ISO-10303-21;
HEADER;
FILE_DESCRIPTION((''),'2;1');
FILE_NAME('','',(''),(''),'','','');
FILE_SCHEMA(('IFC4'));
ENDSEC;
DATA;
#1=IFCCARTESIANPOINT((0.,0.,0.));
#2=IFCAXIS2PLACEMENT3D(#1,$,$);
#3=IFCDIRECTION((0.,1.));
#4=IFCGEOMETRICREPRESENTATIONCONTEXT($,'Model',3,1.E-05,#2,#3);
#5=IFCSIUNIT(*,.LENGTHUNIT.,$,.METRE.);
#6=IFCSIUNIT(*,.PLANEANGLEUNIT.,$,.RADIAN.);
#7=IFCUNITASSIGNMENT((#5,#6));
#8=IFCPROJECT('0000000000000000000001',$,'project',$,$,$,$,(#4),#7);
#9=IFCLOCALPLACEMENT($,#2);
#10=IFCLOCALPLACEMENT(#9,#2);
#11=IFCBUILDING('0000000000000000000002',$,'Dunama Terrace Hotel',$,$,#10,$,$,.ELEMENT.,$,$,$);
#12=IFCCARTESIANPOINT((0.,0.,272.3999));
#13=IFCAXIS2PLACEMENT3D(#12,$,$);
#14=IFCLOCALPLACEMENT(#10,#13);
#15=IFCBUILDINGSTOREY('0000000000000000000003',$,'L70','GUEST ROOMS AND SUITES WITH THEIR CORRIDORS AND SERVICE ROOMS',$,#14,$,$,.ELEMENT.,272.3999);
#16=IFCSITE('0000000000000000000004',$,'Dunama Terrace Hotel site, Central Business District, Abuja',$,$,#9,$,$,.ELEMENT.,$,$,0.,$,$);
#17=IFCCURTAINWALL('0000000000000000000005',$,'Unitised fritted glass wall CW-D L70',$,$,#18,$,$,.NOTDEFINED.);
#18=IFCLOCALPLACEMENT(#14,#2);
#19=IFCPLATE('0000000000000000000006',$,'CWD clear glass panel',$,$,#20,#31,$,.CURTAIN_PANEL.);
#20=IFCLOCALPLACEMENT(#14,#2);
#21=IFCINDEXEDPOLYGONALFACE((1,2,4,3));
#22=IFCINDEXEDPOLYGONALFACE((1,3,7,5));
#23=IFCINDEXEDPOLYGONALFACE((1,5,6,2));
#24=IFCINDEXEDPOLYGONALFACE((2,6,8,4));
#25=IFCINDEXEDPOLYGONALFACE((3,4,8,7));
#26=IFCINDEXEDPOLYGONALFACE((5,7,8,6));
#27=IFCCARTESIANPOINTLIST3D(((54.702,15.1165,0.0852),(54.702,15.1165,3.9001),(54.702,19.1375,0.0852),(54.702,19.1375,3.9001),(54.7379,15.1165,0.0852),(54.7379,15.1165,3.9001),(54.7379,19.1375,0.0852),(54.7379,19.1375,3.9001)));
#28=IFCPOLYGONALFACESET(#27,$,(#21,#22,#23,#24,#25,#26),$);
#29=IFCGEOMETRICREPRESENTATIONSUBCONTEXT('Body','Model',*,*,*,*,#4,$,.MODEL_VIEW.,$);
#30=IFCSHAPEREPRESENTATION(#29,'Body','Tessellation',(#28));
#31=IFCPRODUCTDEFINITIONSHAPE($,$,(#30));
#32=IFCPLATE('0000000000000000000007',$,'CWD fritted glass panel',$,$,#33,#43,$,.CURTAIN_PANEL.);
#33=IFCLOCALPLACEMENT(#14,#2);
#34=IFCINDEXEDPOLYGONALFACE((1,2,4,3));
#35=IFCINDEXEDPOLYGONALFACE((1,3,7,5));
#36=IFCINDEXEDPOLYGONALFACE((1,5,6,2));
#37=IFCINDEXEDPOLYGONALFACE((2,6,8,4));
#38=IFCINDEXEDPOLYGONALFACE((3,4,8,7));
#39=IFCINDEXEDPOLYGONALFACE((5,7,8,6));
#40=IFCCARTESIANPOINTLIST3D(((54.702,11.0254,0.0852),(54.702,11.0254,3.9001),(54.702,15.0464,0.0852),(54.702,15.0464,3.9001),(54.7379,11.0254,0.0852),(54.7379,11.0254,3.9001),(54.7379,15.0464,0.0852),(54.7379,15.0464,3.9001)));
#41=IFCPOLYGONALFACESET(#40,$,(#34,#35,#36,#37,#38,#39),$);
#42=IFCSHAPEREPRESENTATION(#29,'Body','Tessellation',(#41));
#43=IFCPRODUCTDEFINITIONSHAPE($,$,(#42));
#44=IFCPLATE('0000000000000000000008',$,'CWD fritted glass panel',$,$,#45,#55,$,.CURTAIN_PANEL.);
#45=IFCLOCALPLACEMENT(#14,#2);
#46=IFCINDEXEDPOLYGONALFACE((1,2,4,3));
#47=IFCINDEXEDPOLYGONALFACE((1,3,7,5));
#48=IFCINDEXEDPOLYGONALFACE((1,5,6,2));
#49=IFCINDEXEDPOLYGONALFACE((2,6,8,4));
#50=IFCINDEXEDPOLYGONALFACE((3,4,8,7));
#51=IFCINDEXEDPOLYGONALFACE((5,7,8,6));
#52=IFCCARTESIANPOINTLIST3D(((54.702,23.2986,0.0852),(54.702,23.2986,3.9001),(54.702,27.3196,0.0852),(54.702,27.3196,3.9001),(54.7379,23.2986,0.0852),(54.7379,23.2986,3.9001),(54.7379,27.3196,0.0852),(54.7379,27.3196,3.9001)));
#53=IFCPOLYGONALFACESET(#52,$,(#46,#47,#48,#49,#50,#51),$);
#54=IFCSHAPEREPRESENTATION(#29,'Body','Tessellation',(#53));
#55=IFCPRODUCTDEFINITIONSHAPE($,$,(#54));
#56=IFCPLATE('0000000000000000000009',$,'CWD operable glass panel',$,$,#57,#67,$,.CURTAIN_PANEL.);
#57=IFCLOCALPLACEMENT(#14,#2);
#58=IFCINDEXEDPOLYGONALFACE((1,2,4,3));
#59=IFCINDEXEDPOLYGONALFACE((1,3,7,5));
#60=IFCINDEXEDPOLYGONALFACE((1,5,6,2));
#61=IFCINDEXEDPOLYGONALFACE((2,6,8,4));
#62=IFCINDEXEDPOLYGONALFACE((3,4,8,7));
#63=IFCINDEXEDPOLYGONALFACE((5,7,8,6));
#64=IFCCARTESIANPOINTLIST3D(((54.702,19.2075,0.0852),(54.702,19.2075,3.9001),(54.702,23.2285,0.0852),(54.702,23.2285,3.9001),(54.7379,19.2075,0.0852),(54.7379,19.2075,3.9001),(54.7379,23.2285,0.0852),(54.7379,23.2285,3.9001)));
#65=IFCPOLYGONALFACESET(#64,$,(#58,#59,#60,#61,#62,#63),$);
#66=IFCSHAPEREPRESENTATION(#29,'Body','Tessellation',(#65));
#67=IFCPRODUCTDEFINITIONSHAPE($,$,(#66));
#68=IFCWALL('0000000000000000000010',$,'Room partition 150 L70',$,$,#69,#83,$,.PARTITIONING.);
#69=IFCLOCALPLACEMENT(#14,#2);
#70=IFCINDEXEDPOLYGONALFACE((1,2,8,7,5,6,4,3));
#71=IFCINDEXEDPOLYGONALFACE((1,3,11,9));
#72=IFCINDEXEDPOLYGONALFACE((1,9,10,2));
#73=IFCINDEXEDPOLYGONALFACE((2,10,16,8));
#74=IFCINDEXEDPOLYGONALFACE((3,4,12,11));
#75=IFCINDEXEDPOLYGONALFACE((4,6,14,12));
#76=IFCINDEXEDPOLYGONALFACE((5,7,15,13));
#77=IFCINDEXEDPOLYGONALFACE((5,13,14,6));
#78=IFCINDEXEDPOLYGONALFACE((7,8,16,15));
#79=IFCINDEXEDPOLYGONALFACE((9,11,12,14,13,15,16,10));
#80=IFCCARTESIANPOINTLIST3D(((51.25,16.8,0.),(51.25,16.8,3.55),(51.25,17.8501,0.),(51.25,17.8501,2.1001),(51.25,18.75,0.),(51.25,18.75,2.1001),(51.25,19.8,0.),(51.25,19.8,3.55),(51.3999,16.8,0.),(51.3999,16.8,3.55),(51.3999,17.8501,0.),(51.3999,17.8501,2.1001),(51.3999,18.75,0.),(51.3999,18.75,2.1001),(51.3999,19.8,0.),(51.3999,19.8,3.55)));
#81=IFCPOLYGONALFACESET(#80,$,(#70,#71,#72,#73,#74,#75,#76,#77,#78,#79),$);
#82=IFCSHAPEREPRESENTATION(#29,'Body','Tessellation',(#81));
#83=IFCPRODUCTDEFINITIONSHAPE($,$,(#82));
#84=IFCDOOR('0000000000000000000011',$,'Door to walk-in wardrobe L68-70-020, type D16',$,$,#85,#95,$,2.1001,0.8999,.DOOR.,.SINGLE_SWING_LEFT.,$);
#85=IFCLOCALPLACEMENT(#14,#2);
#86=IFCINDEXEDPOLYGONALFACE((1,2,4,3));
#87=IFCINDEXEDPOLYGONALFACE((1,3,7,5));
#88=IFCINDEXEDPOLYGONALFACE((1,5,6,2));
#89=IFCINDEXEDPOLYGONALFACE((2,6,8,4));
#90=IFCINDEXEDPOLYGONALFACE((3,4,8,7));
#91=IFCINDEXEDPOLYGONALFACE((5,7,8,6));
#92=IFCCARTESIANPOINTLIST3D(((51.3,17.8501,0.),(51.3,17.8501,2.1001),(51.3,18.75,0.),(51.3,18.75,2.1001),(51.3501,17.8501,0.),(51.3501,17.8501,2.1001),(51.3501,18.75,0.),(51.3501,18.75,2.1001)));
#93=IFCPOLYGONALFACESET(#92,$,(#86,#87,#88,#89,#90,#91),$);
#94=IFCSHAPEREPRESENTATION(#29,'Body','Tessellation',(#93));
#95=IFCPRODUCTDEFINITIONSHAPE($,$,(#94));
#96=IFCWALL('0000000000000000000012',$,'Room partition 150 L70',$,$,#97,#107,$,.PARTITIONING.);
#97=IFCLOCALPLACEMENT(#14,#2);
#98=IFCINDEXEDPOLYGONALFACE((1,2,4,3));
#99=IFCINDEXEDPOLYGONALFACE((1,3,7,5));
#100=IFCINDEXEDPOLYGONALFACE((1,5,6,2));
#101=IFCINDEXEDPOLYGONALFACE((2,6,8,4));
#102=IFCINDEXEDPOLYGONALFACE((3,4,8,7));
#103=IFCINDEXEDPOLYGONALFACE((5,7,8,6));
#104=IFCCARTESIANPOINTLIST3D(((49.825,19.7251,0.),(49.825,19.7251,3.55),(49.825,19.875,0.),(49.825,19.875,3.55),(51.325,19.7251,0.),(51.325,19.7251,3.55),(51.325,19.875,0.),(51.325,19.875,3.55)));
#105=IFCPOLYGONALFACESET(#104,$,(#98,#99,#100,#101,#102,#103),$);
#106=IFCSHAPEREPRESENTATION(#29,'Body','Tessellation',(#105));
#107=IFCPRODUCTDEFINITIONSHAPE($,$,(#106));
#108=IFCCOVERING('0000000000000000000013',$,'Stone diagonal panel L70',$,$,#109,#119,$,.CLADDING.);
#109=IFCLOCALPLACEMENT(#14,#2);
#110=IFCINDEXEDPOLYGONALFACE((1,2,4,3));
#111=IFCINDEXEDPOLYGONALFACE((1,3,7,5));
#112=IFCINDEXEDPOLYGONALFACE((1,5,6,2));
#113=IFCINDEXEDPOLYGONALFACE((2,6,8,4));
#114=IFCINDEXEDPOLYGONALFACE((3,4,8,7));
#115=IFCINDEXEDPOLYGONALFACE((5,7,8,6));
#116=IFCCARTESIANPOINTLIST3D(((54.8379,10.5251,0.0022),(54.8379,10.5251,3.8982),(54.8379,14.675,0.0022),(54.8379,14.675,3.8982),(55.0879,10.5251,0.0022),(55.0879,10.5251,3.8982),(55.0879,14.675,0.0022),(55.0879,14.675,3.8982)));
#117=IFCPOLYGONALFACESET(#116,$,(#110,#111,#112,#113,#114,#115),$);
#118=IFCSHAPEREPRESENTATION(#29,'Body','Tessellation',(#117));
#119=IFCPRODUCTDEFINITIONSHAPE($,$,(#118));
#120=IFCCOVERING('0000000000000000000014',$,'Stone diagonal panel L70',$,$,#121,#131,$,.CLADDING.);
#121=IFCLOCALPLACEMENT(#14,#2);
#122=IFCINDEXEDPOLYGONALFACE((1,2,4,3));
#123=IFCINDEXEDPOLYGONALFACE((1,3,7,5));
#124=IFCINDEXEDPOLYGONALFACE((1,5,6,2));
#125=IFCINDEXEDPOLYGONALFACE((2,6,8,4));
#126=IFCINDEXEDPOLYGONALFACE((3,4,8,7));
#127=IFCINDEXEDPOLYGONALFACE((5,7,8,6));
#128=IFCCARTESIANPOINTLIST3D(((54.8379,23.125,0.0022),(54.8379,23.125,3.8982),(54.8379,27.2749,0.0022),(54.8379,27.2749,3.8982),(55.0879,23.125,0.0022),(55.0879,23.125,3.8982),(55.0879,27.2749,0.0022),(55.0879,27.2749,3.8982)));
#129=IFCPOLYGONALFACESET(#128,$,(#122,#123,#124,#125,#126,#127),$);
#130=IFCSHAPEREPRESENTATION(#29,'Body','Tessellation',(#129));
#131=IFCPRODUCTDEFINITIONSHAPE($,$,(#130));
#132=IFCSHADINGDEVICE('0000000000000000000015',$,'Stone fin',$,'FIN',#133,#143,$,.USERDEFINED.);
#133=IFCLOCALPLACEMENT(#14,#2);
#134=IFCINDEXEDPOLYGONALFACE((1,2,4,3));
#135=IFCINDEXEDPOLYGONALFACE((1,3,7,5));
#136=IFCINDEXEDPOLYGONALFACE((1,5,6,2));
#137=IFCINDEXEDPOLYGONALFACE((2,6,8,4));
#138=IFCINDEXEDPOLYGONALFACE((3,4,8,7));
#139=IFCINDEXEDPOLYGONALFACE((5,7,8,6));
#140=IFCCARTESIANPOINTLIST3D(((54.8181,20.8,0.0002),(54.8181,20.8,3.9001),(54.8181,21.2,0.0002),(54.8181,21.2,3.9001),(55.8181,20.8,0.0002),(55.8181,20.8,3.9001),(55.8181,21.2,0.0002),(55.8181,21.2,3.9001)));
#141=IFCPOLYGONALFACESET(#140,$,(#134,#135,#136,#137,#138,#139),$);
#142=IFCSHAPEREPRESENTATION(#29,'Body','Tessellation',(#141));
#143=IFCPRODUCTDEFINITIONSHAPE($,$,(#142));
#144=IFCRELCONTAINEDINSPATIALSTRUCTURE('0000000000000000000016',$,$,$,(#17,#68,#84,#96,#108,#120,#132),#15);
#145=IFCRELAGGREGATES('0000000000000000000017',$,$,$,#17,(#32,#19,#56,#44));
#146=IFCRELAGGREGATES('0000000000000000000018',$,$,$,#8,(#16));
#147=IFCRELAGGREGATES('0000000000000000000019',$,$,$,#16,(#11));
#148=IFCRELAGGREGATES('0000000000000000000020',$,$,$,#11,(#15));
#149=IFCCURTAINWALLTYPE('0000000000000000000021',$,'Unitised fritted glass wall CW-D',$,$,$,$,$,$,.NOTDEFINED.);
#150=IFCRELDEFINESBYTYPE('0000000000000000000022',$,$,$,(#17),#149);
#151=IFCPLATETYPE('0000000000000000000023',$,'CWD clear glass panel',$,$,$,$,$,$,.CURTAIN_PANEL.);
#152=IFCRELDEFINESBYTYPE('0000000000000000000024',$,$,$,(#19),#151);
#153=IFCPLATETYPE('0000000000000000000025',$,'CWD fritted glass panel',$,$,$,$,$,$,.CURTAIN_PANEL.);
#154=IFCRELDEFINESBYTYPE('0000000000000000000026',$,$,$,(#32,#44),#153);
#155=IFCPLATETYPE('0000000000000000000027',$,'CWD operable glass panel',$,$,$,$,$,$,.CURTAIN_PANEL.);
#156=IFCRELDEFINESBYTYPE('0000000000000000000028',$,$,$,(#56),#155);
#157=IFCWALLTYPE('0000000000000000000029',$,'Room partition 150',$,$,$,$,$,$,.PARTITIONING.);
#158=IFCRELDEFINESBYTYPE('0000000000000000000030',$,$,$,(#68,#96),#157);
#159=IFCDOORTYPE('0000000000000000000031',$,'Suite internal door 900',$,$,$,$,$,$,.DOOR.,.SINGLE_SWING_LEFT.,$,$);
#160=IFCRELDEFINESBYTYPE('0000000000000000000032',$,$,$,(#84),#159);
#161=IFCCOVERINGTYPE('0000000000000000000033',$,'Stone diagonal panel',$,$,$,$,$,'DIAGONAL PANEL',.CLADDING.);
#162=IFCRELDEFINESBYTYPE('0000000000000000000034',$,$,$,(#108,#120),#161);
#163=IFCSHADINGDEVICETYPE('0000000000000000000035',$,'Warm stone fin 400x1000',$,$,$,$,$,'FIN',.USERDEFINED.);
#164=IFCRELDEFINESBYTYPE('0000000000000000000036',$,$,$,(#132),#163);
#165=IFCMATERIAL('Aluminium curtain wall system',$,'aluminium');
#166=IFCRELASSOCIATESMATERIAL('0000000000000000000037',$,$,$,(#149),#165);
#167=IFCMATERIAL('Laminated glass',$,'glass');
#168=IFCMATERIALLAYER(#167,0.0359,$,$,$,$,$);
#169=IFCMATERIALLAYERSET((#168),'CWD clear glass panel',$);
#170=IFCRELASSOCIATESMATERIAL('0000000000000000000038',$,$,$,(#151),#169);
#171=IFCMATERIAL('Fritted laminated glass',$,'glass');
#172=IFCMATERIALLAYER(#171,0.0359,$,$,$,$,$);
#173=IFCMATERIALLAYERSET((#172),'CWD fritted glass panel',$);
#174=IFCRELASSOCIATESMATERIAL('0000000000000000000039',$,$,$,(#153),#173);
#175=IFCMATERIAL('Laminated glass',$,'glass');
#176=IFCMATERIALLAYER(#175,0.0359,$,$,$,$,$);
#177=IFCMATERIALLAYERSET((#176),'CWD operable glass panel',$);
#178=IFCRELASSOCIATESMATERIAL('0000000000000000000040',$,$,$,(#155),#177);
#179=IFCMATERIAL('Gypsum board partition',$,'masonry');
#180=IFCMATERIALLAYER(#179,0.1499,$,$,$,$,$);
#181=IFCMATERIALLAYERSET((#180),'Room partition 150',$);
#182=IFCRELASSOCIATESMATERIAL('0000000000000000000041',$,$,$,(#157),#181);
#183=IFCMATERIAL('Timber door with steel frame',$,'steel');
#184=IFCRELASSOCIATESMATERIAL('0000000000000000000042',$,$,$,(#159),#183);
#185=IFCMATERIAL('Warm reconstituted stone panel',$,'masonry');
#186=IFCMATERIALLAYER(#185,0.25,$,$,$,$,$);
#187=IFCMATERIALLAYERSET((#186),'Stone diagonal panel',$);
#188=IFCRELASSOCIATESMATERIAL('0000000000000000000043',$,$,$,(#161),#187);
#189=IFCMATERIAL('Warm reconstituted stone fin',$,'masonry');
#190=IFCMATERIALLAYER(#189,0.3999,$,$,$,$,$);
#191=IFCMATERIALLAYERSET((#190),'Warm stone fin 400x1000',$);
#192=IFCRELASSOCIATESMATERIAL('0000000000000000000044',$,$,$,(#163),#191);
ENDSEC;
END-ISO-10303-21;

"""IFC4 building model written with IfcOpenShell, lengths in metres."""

from ifc_helpers import new_model, si_unit, direction, frame, frame_2d, origin, origin_2d, place, context, subcontext, project, spatial, rectangle, extrude, material, layer, layer_set, type_object, element, fill, aggregate, save


model = new_model("IFC4")

# Units and contexts
model_context = context("Model", 3, precision=1e-05, world=origin(), true_north=direction((0.0, 1.0)))
body_context = subcontext(model_context, "Body", "Model", "MODEL_VIEW")
ifc_project = project(units=[si_unit("LENGTHUNIT", "METRE"), si_unit("PLANEANGLEUNIT", "RADIAN")], contexts=[model_context])

# Site, building, storey
site_placement = place(None, origin())
site = spatial("IfcSite", under=ifc_project, at=site_placement, Name="Dunama Terrace Hotel site, Central Business District, Abuja", CompositionType="ELEMENT", RefElevation=0.0)
building_placement = place(site_placement, origin())
building = spatial("IfcBuilding", under=site, at=building_placement, Name="Dunama Terrace Hotel", CompositionType="ELEMENT")
storey_placement = place(building_placement, frame((0.0, 0.0, 272.3999)))
storey = spatial("IfcBuildingStorey", under=building, at=storey_placement, Name="L70", Description="GUEST ROOMS AND SUITES WITH THEIR CORRIDORS AND SERVICE ROOMS", CompositionType="ELEMENT", Elevation=272.3999)

# Curtain wall
ifc_material_1 = material(Name="Aluminium curtain wall system", Category="aluminium")
curtain_wall_type = type_object("IfcCurtainWallType", Name="Unitised fritted glass wall CW-D", PredefinedType="NOTDEFINED", material=ifc_material_1)
curtain_wall_placement = place(storey_placement, origin())
curtain_wall = element("IfcCurtainWall", 1, at=curtain_wall_placement, inside=storey, type_object=curtain_wall_type, Name="Unitised fritted glass wall CW-D L70", PredefinedType="NOTDEFINED")

# Plates
ifc_material_2 = material(Name="Laminated glass", Category="glass")
ifc_layer_1 = layer(ifc_material_2, 0.0359)
ifc_layer_set_1 = layer_set([ifc_layer_1], Name="CWD clear glass panel")
plate_type_1 = type_object("IfcPlateType", Name="CWD clear glass panel", PredefinedType="CURTAIN_PANEL", material=ifc_layer_set_1)
plate_1_placement = place(storey_placement, frame((54.72, 17.127, 0.0852), z_axis=(0.0, 0.0, 1.0), x_axis=(0.0, 1.0, 0.0)))
plate_1 = element("IfcPlate", 2, at=plate_1_placement, type_object=plate_type_1, Name="CWD clear glass panel", PredefinedType="CURTAIN_PANEL", context=body_context, shape_type="SweptSolid", body=[
    extrude(rectangle(XDim=4.021, YDim=0.0359, at=origin_2d()), origin(), (0.0, 0.0, 1.0), 3.8149),
])
ifc_material_3 = material(Name="Fritted laminated glass", Category="glass")
ifc_layer_2 = layer(ifc_material_3, 0.0359)
ifc_layer_set_2 = layer_set([ifc_layer_2], Name="CWD fritted glass panel")
plate_type_2 = type_object("IfcPlateType", Name="CWD fritted glass panel", PredefinedType="CURTAIN_PANEL", material=ifc_layer_set_2)
plate_2_placement = place(storey_placement, frame((54.72, 13.0359, 0.0852), z_axis=(0.0, 0.0, 1.0), x_axis=(0.0, 1.0, 0.0)))
plate_2 = element("IfcPlate", 3, at=plate_2_placement, type_object=plate_type_2, Name="CWD fritted glass panel", PredefinedType="CURTAIN_PANEL", context=body_context, shape_type="SweptSolid", body=[
    extrude(rectangle(XDim=4.021, YDim=0.0359, at=origin_2d()), origin(), (0.0, 0.0, 1.0), 3.8149),
])
plate_3_placement = place(storey_placement, frame((54.72, 25.3091, 0.0852), z_axis=(0.0, 0.0, 1.0), x_axis=(0.0, 1.0, 0.0)))
plate_3 = element("IfcPlate", 4, at=plate_3_placement, type_object=plate_type_2, Name="CWD fritted glass panel", PredefinedType="CURTAIN_PANEL", context=body_context, shape_type="SweptSolid", body=[
    extrude(rectangle(XDim=4.021, YDim=0.0359, at=origin_2d()), origin(), (0.0, 0.0, 1.0), 3.8149),
])
ifc_material_4 = material(Name="Laminated glass", Category="glass")
ifc_layer_3 = layer(ifc_material_4, 0.0359)
ifc_layer_set_3 = layer_set([ifc_layer_3], Name="CWD operable glass panel")
plate_type_3 = type_object("IfcPlateType", Name="CWD operable glass panel", PredefinedType="CURTAIN_PANEL", material=ifc_layer_set_3)
plate_4_placement = place(storey_placement, frame((54.72, 21.218, 0.0852), z_axis=(0.0, 0.0, 1.0), x_axis=(0.0, 1.0, 0.0)))
plate_4 = element("IfcPlate", 5, at=plate_4_placement, type_object=plate_type_3, Name="CWD operable glass panel", PredefinedType="CURTAIN_PANEL", context=body_context, shape_type="SweptSolid", body=[
    extrude(rectangle(XDim=4.021, YDim=0.0359, at=origin_2d()), origin(), (0.0, 0.0, 1.0), 3.8149),
])
aggregate(curtain_wall, [plate_2, plate_1, plate_4, plate_3])

# Wall, opening, door
ifc_material_5 = material(Name="Gypsum board partition", Category="masonry")
ifc_layer_4 = layer(ifc_material_5, 0.1499)
ifc_layer_set_4 = layer_set([ifc_layer_4], Name="Room partition 150")
wall_type = type_object("IfcWallType", Name="Room partition 150", PredefinedType="PARTITIONING", material=ifc_layer_set_4)
wall_1_placement = place(storey_placement, frame((51.325, 16.8, 0.0), z_axis=(0.0, 0.0, 1.0), x_axis=(0.0, 1.0, 0.0)))
wall_1 = element("IfcWall", 6, at=wall_1_placement, inside=storey, type_object=wall_type, Name="Room partition 150 L70", PredefinedType="PARTITIONING", context=body_context, shape_type="SweptSolid", body=[
    extrude(rectangle(XDim=3.0, YDim=0.1499, at=frame_2d((1.5, 0.0))), origin(), (0.0, 0.0, 1.0), 3.55),
])
opening_placement = place(wall_1_placement, frame((1.05, 0.0, 0.0)))
opening = element("IfcOpeningElement", 7, at=opening_placement, cuts=wall_1, PredefinedType="OPENING", context=body_context, shape_type="SweptSolid", body=[
    extrude(rectangle(XDim=0.8999, YDim=2.1001, at=frame_2d((0.45, 1.05))), frame((0.0, 0.085, 0.0), z_axis=(0.0, -1.0, 0.0), x_axis=(1.0, 0.0, 0.0)), (0.0, 0.0, 1.0), 0.1699),
])
ifc_material_6 = material(Name="Timber door with steel frame", Category="steel")
door_type = type_object("IfcDoorType", Name="Suite internal door 900", OperationType="SINGLE_SWING_LEFT", PredefinedType="DOOR", material=ifc_material_6)
door_placement = place(opening_placement, origin())
door = element("IfcDoor", 8, at=door_placement, inside=storey, type_object=door_type, Name="Door to walk-in wardrobe L68-70-020, type D16", OperationType="SINGLE_SWING_LEFT", OverallHeight=2.1001, OverallWidth=0.8999, PredefinedType="DOOR", context=body_context, shape_type="SweptSolid", body=[
    extrude(rectangle(XDim=0.8999, YDim=2.1001, at=frame_2d((0.45, 1.05))), frame((0.0, 0.0249, 0.0), z_axis=(0.0, -1.0, 0.0), x_axis=(1.0, 0.0, 0.0)), (0.0, 0.0, 1.0), 0.05),
])
fill(opening, door)

# Wall
wall_2_placement = place(storey_placement, frame((49.825, 19.8, 0.0), z_axis=(0.0, 0.0, 1.0), x_axis=(1.0, 0.0, 0.0)))
element("IfcWall", 9, at=wall_2_placement, inside=storey, type_object=wall_type, Name="Room partition 150 L70", PredefinedType="PARTITIONING", context=body_context, shape_type="SweptSolid", body=[
    extrude(rectangle(XDim=1.5, YDim=0.1499, at=frame_2d((0.75, 0.0))), origin(), (0.0, 0.0, 1.0), 3.55),
])

# Coverings
ifc_material_7 = material(Name="Warm reconstituted stone panel", Category="masonry")
ifc_layer_5 = layer(ifc_material_7, 0.25)
ifc_layer_set_5 = layer_set([ifc_layer_5], Name="Stone diagonal panel")
covering_type = type_object("IfcCoveringType", Name="Stone diagonal panel", ElementType="DIAGONAL PANEL", PredefinedType="CLADDING", material=ifc_layer_set_5)
for number, where, z_axis, x_axis, name in (
    (10, (54.9629, 12.6001, 0.0022), (0.0, 0.0, 1.0), (0.0, 1.0, 0.0), "Stone diagonal panel L70"),
    (11, (54.9629, 25.2, 0.0022), (0.0, 0.0, 1.0), (0.0, 1.0, 0.0), "Stone diagonal panel L70"),
):
    element("IfcCovering", number, at=place(storey_placement, frame(where, z_axis=z_axis, x_axis=x_axis)), inside=storey, type_object=covering_type, Name=name, PredefinedType="CLADDING", context=body_context, shape_type="SweptSolid", body=[
        extrude(rectangle(XDim=4.1499, YDim=0.25, at=origin_2d()), origin(), (0.0, 0.0, 1.0), 3.896),
    ])

# Shading device
ifc_material_8 = material(Name="Warm reconstituted stone fin", Category="masonry")
ifc_layer_6 = layer(ifc_material_8, 0.3999)
ifc_layer_set_6 = layer_set([ifc_layer_6], Name="Warm stone fin 400x1000")
shading_device_type = type_object("IfcShadingDeviceType", Name="Warm stone fin 400x1000", ElementType="FIN", PredefinedType="USERDEFINED", material=ifc_layer_set_6)
shading_device_placement = place(storey_placement, frame((55.3181, 21.0, 0.0002), z_axis=(0.0, 0.0, 1.0), x_axis=(0.0, 1.0, 0.0)))
element("IfcShadingDevice", 12, at=shading_device_placement, inside=storey, type_object=shading_device_type, Name="Stone fin", ObjectType="FIN", PredefinedType="USERDEFINED", context=body_context, shape_type="SweptSolid", body=[
    extrude(rectangle(XDim=0.3999, YDim=1.0, at=origin_2d()), origin(), (0.0, 0.0, 1.0), 3.8999),
])

save(model, "model.ifc")
